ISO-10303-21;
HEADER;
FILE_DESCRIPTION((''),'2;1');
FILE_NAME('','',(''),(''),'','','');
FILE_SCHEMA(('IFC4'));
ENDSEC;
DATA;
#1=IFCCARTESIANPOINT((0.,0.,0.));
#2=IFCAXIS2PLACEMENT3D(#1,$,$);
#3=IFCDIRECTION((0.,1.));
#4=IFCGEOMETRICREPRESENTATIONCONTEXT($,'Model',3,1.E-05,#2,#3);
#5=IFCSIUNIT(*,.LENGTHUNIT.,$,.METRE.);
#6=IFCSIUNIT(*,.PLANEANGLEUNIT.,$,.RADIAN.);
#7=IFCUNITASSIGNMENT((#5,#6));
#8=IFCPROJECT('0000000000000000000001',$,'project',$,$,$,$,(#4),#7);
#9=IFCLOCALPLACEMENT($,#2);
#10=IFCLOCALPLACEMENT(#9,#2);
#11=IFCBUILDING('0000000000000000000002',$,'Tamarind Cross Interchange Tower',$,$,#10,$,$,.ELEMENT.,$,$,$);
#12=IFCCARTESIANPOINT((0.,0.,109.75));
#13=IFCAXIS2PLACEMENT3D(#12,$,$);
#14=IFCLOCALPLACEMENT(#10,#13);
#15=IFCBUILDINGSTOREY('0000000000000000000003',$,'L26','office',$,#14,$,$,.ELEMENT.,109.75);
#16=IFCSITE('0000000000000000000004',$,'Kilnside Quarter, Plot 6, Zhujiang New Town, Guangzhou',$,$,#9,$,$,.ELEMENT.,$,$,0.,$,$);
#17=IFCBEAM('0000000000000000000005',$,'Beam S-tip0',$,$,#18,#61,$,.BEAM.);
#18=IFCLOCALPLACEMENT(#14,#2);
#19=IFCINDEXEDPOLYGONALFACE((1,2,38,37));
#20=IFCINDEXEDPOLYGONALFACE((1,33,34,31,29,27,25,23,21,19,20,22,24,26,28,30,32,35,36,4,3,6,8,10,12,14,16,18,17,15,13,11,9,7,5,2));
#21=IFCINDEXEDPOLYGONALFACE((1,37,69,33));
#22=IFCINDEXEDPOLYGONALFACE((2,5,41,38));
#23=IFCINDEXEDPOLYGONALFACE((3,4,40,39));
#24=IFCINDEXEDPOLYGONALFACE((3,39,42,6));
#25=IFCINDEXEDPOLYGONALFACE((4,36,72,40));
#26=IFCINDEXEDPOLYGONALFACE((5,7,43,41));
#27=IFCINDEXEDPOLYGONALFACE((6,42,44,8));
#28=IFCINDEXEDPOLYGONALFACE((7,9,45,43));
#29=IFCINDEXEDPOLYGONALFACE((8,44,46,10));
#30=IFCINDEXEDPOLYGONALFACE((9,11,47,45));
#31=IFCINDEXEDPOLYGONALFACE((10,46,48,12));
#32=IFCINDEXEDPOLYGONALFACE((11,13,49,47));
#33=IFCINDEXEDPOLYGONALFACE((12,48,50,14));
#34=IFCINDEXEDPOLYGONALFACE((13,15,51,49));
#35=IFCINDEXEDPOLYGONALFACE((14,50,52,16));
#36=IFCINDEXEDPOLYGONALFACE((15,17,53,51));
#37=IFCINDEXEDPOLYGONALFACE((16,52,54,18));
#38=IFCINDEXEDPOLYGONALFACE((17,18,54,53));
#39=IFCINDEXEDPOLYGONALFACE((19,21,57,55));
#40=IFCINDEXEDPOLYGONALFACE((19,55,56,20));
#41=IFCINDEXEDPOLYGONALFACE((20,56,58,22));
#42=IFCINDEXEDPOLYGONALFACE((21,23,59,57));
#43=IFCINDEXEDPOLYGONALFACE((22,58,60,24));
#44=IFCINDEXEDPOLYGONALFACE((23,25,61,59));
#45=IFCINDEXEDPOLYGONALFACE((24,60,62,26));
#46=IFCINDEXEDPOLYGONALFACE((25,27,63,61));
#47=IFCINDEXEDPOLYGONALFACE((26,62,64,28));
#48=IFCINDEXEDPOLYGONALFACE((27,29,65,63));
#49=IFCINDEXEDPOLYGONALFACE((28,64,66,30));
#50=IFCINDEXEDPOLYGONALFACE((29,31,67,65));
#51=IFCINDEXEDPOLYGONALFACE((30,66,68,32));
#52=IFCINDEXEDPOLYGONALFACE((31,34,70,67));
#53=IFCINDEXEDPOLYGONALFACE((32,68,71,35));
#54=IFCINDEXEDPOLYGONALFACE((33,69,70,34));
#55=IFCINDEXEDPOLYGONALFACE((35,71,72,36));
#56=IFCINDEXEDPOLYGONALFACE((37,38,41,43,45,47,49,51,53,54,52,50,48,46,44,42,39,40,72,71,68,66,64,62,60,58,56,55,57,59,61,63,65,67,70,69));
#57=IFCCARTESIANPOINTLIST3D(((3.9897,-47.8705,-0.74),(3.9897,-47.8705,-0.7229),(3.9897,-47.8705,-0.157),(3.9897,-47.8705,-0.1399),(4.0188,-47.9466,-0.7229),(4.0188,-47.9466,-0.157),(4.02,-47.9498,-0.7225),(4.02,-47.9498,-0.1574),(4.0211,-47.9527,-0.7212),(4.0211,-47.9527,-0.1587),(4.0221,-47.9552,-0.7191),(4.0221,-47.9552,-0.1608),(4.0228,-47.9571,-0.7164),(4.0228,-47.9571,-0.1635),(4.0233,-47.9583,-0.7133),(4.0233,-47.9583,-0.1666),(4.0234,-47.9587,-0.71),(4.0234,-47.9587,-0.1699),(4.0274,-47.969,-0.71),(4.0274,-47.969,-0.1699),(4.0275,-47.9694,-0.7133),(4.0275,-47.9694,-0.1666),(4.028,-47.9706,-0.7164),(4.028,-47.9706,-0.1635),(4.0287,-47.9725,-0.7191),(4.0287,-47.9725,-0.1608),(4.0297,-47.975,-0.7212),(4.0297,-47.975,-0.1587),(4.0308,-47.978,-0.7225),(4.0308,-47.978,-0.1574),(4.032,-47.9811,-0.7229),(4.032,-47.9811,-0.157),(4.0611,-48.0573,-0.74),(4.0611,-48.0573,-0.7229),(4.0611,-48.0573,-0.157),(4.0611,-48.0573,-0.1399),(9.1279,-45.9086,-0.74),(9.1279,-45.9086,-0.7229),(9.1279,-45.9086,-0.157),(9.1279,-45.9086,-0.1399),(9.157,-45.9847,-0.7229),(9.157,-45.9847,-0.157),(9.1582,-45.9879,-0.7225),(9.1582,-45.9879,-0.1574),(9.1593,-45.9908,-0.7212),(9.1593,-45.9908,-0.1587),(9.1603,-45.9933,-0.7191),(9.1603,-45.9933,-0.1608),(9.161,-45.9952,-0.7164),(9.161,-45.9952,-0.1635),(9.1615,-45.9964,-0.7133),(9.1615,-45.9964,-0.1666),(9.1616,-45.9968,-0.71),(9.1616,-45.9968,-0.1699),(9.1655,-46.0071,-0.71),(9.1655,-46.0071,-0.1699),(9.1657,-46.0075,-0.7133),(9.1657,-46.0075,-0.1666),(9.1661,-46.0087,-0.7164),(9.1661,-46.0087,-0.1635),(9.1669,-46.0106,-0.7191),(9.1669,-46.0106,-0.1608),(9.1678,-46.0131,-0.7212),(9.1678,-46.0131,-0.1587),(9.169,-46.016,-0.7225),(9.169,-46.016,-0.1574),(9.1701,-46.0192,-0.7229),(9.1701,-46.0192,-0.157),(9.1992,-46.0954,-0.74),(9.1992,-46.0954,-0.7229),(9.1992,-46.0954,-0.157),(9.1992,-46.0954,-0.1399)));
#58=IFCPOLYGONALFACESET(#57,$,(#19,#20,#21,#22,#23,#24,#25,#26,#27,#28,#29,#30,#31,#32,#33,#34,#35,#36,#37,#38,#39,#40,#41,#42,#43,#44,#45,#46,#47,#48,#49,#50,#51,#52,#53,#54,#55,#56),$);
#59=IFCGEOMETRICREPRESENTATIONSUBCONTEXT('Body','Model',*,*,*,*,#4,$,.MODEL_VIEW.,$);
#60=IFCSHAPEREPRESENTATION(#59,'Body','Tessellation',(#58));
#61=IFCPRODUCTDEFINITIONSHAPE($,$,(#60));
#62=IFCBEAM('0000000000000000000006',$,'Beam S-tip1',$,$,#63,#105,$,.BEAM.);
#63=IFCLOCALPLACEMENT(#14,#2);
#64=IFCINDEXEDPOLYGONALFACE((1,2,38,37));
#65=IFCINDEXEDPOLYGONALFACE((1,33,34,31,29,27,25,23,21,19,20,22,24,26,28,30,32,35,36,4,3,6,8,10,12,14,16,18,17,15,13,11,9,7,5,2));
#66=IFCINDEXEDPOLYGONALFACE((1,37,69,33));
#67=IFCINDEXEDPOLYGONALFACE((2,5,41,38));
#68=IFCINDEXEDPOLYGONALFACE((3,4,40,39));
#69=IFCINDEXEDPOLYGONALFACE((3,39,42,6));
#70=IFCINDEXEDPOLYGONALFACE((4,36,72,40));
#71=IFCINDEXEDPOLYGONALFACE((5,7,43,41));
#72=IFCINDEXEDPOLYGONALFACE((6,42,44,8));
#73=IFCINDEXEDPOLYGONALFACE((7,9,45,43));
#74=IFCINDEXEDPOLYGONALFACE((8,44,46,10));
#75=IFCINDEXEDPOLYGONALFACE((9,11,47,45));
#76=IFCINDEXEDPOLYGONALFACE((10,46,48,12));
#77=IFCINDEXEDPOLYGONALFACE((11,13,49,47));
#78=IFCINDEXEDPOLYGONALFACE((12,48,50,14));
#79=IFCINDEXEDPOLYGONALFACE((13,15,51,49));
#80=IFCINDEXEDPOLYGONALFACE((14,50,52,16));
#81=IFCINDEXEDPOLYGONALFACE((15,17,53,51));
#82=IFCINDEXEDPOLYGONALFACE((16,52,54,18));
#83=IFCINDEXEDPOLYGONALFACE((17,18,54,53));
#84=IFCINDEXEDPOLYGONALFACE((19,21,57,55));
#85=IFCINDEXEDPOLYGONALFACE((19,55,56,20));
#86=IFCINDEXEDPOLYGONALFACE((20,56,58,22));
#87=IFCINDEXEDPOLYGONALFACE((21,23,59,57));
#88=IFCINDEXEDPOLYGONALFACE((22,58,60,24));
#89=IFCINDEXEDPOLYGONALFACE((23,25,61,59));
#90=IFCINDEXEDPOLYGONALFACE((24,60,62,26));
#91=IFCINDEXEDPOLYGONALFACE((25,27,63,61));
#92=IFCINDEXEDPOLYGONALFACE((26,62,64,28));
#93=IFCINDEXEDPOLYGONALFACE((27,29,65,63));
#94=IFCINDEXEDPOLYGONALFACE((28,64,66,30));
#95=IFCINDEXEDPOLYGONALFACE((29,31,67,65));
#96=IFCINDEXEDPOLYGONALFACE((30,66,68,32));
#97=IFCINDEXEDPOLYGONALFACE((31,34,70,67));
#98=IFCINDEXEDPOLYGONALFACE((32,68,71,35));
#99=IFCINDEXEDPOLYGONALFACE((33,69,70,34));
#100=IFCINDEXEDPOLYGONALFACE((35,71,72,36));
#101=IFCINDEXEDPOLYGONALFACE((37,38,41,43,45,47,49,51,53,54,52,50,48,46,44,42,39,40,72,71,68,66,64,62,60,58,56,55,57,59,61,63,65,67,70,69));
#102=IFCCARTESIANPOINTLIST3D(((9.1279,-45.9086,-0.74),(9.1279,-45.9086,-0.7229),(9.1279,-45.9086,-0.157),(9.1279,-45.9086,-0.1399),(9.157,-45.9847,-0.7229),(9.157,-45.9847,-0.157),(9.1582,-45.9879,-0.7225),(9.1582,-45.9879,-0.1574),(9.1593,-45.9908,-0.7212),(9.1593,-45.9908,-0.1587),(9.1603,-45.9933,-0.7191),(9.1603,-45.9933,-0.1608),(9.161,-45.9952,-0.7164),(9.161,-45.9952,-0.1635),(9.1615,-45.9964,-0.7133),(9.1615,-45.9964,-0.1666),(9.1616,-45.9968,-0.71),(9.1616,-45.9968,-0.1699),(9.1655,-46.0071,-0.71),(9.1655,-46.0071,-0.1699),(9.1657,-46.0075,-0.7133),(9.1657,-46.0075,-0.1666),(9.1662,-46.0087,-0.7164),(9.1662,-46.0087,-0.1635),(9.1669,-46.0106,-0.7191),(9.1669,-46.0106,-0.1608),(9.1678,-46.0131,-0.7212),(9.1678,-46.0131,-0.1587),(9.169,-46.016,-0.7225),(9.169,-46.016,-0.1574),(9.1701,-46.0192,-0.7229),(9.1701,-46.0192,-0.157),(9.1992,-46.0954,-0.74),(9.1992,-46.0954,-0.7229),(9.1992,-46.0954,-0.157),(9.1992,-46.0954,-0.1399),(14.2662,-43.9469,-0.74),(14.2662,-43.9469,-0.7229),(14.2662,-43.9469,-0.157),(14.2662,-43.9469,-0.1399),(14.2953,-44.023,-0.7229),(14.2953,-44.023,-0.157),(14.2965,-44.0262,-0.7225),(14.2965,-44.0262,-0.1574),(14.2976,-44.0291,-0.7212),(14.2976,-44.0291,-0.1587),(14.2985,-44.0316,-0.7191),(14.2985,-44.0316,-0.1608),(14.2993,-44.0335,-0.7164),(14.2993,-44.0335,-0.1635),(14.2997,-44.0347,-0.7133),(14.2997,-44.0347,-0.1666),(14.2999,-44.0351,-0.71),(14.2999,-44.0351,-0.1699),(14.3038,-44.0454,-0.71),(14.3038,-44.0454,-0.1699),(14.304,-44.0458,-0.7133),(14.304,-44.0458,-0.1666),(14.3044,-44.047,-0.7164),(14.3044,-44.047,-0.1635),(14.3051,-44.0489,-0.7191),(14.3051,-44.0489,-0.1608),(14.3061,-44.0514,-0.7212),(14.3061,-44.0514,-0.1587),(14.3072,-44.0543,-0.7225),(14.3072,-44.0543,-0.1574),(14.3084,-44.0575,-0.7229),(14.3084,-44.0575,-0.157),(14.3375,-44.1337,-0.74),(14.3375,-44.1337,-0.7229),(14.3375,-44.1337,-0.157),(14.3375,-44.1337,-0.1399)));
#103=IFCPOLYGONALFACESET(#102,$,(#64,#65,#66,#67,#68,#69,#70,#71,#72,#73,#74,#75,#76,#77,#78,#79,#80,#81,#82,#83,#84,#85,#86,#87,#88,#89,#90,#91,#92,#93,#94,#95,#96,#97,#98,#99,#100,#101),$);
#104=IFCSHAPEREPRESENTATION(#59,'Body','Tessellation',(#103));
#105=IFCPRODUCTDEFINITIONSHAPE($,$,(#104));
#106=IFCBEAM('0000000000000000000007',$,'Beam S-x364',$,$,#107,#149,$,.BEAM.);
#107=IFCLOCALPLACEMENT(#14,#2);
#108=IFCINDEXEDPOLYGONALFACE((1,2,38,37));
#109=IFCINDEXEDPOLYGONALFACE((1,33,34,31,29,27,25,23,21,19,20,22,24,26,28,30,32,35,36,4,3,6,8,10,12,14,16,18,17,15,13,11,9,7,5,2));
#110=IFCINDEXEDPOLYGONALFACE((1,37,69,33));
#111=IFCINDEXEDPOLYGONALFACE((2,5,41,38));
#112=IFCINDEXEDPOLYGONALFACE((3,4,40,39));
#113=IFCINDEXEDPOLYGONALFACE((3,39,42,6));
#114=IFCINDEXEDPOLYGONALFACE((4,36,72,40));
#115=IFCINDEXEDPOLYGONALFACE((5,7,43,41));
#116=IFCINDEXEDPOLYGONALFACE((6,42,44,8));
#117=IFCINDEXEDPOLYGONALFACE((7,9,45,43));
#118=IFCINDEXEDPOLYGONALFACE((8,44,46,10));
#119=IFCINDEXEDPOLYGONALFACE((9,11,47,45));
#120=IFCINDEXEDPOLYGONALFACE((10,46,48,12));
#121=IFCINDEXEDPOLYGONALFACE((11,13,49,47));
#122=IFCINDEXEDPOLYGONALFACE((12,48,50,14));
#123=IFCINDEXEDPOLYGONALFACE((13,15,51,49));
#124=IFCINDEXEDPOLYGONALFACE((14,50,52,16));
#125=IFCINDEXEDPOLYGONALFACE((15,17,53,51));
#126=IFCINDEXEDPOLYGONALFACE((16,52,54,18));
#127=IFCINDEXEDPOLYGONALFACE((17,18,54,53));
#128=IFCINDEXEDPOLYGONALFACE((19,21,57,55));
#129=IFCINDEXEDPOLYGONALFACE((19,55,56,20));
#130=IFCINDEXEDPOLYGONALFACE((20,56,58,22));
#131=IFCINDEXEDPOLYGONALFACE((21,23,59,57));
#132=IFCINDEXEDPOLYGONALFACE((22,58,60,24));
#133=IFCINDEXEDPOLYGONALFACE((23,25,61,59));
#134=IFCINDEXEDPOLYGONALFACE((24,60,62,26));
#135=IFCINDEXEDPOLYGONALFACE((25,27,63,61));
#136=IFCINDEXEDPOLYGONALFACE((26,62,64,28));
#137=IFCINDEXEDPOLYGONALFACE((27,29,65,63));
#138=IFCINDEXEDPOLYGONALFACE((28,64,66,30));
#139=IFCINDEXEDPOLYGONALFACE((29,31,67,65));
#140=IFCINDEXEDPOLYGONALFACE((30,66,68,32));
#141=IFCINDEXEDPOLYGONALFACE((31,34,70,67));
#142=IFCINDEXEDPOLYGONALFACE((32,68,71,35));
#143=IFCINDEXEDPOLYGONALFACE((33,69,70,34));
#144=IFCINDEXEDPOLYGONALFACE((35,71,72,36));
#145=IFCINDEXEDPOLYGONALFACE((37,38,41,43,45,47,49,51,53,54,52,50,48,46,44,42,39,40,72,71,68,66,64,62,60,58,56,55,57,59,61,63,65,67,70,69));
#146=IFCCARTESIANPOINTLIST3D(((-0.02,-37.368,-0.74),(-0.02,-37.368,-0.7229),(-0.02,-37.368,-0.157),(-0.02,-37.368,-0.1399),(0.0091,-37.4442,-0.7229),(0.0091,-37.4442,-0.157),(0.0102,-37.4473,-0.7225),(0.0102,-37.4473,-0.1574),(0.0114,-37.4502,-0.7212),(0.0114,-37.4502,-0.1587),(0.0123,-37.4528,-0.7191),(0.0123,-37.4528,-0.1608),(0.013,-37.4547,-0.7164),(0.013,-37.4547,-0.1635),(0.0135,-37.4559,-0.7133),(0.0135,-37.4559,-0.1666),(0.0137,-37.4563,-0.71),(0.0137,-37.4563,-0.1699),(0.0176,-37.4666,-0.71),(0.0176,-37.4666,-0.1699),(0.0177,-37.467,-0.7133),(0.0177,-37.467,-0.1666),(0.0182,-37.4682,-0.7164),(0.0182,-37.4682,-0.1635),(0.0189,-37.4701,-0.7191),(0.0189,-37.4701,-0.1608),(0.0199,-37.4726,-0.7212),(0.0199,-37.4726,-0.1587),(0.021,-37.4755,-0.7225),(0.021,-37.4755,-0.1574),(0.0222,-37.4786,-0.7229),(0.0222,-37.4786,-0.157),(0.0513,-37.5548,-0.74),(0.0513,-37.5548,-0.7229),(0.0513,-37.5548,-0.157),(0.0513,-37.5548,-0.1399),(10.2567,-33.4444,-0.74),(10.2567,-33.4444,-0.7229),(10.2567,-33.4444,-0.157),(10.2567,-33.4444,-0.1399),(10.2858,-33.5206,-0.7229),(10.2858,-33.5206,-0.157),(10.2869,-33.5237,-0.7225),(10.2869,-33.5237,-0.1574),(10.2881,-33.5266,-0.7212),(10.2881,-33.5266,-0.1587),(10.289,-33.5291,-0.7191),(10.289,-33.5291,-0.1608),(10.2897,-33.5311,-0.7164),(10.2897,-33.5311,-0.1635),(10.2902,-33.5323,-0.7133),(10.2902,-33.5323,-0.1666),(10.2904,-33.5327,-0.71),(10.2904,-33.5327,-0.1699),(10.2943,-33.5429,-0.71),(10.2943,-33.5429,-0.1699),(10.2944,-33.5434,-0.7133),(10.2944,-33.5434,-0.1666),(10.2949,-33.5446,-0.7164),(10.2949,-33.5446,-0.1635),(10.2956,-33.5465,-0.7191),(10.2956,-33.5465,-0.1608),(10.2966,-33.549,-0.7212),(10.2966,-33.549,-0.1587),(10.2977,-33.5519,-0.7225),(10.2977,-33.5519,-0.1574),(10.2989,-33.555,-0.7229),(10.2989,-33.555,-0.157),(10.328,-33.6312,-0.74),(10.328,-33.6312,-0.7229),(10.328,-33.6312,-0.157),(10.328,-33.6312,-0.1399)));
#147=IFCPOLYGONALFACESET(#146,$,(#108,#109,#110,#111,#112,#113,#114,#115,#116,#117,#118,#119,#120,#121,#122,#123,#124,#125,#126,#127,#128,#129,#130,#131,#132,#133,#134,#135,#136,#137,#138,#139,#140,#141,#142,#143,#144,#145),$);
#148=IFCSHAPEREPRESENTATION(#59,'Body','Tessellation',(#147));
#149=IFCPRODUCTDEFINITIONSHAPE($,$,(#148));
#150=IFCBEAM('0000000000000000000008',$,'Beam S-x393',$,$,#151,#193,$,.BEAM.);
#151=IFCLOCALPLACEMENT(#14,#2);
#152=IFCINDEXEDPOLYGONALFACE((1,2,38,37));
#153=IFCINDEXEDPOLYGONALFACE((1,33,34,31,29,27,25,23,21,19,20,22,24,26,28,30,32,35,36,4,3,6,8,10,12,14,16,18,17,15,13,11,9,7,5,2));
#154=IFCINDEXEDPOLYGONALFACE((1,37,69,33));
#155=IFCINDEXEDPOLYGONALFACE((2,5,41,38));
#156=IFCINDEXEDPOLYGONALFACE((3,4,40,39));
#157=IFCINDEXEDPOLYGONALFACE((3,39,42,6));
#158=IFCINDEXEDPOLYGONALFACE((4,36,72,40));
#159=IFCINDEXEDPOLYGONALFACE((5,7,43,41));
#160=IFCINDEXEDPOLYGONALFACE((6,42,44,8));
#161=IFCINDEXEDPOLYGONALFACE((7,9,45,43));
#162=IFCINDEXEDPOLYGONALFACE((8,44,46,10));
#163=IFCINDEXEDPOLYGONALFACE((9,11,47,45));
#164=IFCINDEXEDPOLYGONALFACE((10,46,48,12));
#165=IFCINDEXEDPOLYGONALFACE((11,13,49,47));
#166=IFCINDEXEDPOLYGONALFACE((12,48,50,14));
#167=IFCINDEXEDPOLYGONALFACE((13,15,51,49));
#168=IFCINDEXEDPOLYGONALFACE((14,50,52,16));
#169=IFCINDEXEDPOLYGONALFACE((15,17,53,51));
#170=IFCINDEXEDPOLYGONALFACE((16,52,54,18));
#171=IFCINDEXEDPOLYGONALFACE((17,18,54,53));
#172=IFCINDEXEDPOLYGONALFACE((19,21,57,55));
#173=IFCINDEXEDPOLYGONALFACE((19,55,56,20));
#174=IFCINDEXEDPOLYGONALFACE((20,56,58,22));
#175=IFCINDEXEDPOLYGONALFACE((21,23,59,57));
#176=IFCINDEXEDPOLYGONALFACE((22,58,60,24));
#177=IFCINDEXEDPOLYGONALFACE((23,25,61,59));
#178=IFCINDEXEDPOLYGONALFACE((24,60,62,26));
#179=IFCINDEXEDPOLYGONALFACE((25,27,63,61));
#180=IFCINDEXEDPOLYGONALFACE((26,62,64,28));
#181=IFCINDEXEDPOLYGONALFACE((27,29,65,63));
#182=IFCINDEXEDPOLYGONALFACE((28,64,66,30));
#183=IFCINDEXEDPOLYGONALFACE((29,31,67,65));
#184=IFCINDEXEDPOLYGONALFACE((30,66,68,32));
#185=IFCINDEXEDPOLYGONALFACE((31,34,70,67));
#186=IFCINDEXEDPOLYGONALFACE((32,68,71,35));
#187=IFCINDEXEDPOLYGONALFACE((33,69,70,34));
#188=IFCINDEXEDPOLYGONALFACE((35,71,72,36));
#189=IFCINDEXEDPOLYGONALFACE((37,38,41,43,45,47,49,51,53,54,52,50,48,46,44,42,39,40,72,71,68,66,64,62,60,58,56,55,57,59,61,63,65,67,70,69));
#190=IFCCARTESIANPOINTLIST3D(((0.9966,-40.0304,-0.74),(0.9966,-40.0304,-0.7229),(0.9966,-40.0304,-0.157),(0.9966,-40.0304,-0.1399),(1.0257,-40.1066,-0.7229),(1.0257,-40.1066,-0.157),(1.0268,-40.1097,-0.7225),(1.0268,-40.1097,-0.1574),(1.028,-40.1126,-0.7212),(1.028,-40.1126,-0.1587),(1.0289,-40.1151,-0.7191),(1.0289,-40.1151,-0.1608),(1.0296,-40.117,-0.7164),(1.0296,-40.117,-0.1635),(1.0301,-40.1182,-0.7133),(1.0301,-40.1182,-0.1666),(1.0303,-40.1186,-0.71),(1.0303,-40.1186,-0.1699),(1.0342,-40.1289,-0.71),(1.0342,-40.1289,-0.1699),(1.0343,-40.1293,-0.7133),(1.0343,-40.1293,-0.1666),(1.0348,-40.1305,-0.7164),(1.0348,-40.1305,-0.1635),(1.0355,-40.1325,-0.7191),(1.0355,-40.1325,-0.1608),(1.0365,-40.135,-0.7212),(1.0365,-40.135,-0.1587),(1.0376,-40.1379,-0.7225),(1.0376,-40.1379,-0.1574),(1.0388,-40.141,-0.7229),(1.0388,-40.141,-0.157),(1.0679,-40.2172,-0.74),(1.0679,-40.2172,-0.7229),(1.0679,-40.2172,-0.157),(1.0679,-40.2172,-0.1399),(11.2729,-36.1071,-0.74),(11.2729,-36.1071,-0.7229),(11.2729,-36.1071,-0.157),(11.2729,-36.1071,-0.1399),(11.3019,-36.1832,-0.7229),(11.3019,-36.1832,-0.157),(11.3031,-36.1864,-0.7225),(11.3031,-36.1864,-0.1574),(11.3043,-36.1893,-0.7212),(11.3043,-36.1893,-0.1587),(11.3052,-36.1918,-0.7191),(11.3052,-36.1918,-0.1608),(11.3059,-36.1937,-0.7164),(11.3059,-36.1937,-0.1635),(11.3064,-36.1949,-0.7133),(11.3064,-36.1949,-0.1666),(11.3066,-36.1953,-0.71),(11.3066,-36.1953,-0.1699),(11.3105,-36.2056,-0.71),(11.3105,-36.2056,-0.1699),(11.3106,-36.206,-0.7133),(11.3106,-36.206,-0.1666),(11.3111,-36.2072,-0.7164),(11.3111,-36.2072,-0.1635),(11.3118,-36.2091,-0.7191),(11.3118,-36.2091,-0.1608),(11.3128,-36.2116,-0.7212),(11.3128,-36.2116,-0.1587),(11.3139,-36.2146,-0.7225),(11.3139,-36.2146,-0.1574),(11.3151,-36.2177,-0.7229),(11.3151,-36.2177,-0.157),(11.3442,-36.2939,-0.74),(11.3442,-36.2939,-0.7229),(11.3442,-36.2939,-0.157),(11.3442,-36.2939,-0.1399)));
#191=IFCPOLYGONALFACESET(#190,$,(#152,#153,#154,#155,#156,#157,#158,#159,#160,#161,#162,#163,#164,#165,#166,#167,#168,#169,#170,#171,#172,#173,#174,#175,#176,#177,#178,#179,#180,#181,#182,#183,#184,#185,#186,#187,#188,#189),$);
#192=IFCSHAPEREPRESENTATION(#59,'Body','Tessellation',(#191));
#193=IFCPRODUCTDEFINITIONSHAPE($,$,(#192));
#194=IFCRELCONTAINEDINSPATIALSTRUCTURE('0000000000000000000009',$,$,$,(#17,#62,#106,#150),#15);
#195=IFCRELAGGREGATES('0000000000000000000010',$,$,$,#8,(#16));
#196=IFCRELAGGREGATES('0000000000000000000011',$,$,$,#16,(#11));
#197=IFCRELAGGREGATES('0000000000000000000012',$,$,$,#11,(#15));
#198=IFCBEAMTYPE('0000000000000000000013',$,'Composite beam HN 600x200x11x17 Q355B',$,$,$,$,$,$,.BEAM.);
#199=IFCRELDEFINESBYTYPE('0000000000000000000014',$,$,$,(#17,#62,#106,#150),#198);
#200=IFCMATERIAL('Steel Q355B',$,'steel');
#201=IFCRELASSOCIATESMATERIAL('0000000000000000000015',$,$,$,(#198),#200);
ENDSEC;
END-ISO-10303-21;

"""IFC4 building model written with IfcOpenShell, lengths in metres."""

from ifc_helpers import new_model, si_unit, direction, frame, origin, origin_2d, place, context, subcontext, project, spatial, i_section, extrude, material, material_profile, profile_set, type_object, element, save


model = new_model("IFC4")

# Units and contexts
model_context = context("Model", 3, precision=1e-05, world=origin(), true_north=direction((0.0, 1.0)))
body_context = subcontext(model_context, "Body", "Model", "MODEL_VIEW")
ifc_project = project(units=[si_unit("LENGTHUNIT", "METRE"), si_unit("PLANEANGLEUNIT", "RADIAN")], contexts=[model_context])

# Site, building, storey
site_placement = place(None, origin())
site = spatial("IfcSite", under=ifc_project, at=site_placement, Name="Kilnside Quarter, Plot 6, Zhujiang New Town, Guangzhou", CompositionType="ELEMENT", RefElevation=0.0)
building_placement = place(site_placement, origin())
building = spatial("IfcBuilding", under=site, at=building_placement, Name="Tamarind Cross Interchange Tower", CompositionType="ELEMENT")
storey_placement = place(building_placement, frame((0.0, 0.0, 109.75)))
storey = spatial("IfcBuildingStorey", under=building, at=storey_placement, Name="L26", Description="office", CompositionType="ELEMENT", Elevation=109.75)

# Beams
ifc_material_1 = material(Name="Steel Q355B", Category="steel")
ifc_material_profile_1 = material_profile(ifc_material_1, i_section(OverallWidth=0.2, OverallDepth=0.6001, WebThickness=0.011, FlangeThickness=0.0171, FilletRadius=0.0129, at=origin_2d()), Name="HN 600x200x11x17")
ifc_profile_set_1 = profile_set([ifc_material_profile_1], Name="Steel Q355B")
beam_type_1 = type_object("IfcBeamType", Name="Composite beam HN 600x200x11x17 Q355B", PredefinedType="BEAM", material=ifc_profile_set_1)
for number, where, z_axis, x_axis, name in (
    (1, (4.0254, -47.9639, -0.4399), (0.934215, 0.356711, 0.0), (-0.356711, 0.934215, 0.0), "Beam S-tip0"),
    (2, (9.1636, -46.002, -0.4399), (0.934229, 0.356673, 0.0), (-0.356673, 0.934229, 0.0), "Beam S-tip1"),
):
    element("IfcBeam", number, at=place(storey_placement, frame(where, z_axis=z_axis, x_axis=x_axis)), inside=storey, type_object=beam_type_1, Name=name, PredefinedType="BEAM", context=body_context, shape_type="SweptSolid", body=[
        extrude(i_section(OverallWidth=0.2, OverallDepth=0.6001, WebThickness=0.011, FlangeThickness=0.0171, FilletRadius=0.0129, at=origin_2d()), origin(), (0.0, 0.0, 1.0), 5.5),
    ])
beam_1_placement = place(storey_placement, frame((0.0156, -37.4614, -0.4399), z_axis=(0.934225, 0.356685, 0.0), x_axis=(-0.356685, 0.934225, 0.0)))
element("IfcBeam", 3, at=beam_1_placement, inside=storey, type_object=beam_type_1, Name="Beam S-x364", PredefinedType="BEAM", context=body_context, shape_type="SweptSolid", body=[
    extrude(i_section(OverallWidth=0.2, OverallDepth=0.6001, WebThickness=0.011, FlangeThickness=0.0171, FilletRadius=0.0129, at=origin_2d()), origin(), (0.0, 0.0, 1.0), 11.0002),
])
for number, where, z_axis, x_axis, name in (
    (4, (1.0322, -40.1238, -0.4399), (0.934229, 0.356673, 0.0), (-0.356673, 0.934229, 0.0), "Beam S-x393"),
):
    element("IfcBeam", number, at=place(storey_placement, frame(where, z_axis=z_axis, x_axis=x_axis)), inside=storey, type_object=beam_type_1, Name=name, PredefinedType="BEAM", context=body_context, shape_type="SweptSolid", body=[
        extrude(i_section(OverallWidth=0.2, OverallDepth=0.6001, WebThickness=0.011, FlangeThickness=0.0171, FilletRadius=0.0129, at=origin_2d()), origin(), (0.0, 0.0, 1.0), 10.9998),
    ])

save(model, "model.ifc")
